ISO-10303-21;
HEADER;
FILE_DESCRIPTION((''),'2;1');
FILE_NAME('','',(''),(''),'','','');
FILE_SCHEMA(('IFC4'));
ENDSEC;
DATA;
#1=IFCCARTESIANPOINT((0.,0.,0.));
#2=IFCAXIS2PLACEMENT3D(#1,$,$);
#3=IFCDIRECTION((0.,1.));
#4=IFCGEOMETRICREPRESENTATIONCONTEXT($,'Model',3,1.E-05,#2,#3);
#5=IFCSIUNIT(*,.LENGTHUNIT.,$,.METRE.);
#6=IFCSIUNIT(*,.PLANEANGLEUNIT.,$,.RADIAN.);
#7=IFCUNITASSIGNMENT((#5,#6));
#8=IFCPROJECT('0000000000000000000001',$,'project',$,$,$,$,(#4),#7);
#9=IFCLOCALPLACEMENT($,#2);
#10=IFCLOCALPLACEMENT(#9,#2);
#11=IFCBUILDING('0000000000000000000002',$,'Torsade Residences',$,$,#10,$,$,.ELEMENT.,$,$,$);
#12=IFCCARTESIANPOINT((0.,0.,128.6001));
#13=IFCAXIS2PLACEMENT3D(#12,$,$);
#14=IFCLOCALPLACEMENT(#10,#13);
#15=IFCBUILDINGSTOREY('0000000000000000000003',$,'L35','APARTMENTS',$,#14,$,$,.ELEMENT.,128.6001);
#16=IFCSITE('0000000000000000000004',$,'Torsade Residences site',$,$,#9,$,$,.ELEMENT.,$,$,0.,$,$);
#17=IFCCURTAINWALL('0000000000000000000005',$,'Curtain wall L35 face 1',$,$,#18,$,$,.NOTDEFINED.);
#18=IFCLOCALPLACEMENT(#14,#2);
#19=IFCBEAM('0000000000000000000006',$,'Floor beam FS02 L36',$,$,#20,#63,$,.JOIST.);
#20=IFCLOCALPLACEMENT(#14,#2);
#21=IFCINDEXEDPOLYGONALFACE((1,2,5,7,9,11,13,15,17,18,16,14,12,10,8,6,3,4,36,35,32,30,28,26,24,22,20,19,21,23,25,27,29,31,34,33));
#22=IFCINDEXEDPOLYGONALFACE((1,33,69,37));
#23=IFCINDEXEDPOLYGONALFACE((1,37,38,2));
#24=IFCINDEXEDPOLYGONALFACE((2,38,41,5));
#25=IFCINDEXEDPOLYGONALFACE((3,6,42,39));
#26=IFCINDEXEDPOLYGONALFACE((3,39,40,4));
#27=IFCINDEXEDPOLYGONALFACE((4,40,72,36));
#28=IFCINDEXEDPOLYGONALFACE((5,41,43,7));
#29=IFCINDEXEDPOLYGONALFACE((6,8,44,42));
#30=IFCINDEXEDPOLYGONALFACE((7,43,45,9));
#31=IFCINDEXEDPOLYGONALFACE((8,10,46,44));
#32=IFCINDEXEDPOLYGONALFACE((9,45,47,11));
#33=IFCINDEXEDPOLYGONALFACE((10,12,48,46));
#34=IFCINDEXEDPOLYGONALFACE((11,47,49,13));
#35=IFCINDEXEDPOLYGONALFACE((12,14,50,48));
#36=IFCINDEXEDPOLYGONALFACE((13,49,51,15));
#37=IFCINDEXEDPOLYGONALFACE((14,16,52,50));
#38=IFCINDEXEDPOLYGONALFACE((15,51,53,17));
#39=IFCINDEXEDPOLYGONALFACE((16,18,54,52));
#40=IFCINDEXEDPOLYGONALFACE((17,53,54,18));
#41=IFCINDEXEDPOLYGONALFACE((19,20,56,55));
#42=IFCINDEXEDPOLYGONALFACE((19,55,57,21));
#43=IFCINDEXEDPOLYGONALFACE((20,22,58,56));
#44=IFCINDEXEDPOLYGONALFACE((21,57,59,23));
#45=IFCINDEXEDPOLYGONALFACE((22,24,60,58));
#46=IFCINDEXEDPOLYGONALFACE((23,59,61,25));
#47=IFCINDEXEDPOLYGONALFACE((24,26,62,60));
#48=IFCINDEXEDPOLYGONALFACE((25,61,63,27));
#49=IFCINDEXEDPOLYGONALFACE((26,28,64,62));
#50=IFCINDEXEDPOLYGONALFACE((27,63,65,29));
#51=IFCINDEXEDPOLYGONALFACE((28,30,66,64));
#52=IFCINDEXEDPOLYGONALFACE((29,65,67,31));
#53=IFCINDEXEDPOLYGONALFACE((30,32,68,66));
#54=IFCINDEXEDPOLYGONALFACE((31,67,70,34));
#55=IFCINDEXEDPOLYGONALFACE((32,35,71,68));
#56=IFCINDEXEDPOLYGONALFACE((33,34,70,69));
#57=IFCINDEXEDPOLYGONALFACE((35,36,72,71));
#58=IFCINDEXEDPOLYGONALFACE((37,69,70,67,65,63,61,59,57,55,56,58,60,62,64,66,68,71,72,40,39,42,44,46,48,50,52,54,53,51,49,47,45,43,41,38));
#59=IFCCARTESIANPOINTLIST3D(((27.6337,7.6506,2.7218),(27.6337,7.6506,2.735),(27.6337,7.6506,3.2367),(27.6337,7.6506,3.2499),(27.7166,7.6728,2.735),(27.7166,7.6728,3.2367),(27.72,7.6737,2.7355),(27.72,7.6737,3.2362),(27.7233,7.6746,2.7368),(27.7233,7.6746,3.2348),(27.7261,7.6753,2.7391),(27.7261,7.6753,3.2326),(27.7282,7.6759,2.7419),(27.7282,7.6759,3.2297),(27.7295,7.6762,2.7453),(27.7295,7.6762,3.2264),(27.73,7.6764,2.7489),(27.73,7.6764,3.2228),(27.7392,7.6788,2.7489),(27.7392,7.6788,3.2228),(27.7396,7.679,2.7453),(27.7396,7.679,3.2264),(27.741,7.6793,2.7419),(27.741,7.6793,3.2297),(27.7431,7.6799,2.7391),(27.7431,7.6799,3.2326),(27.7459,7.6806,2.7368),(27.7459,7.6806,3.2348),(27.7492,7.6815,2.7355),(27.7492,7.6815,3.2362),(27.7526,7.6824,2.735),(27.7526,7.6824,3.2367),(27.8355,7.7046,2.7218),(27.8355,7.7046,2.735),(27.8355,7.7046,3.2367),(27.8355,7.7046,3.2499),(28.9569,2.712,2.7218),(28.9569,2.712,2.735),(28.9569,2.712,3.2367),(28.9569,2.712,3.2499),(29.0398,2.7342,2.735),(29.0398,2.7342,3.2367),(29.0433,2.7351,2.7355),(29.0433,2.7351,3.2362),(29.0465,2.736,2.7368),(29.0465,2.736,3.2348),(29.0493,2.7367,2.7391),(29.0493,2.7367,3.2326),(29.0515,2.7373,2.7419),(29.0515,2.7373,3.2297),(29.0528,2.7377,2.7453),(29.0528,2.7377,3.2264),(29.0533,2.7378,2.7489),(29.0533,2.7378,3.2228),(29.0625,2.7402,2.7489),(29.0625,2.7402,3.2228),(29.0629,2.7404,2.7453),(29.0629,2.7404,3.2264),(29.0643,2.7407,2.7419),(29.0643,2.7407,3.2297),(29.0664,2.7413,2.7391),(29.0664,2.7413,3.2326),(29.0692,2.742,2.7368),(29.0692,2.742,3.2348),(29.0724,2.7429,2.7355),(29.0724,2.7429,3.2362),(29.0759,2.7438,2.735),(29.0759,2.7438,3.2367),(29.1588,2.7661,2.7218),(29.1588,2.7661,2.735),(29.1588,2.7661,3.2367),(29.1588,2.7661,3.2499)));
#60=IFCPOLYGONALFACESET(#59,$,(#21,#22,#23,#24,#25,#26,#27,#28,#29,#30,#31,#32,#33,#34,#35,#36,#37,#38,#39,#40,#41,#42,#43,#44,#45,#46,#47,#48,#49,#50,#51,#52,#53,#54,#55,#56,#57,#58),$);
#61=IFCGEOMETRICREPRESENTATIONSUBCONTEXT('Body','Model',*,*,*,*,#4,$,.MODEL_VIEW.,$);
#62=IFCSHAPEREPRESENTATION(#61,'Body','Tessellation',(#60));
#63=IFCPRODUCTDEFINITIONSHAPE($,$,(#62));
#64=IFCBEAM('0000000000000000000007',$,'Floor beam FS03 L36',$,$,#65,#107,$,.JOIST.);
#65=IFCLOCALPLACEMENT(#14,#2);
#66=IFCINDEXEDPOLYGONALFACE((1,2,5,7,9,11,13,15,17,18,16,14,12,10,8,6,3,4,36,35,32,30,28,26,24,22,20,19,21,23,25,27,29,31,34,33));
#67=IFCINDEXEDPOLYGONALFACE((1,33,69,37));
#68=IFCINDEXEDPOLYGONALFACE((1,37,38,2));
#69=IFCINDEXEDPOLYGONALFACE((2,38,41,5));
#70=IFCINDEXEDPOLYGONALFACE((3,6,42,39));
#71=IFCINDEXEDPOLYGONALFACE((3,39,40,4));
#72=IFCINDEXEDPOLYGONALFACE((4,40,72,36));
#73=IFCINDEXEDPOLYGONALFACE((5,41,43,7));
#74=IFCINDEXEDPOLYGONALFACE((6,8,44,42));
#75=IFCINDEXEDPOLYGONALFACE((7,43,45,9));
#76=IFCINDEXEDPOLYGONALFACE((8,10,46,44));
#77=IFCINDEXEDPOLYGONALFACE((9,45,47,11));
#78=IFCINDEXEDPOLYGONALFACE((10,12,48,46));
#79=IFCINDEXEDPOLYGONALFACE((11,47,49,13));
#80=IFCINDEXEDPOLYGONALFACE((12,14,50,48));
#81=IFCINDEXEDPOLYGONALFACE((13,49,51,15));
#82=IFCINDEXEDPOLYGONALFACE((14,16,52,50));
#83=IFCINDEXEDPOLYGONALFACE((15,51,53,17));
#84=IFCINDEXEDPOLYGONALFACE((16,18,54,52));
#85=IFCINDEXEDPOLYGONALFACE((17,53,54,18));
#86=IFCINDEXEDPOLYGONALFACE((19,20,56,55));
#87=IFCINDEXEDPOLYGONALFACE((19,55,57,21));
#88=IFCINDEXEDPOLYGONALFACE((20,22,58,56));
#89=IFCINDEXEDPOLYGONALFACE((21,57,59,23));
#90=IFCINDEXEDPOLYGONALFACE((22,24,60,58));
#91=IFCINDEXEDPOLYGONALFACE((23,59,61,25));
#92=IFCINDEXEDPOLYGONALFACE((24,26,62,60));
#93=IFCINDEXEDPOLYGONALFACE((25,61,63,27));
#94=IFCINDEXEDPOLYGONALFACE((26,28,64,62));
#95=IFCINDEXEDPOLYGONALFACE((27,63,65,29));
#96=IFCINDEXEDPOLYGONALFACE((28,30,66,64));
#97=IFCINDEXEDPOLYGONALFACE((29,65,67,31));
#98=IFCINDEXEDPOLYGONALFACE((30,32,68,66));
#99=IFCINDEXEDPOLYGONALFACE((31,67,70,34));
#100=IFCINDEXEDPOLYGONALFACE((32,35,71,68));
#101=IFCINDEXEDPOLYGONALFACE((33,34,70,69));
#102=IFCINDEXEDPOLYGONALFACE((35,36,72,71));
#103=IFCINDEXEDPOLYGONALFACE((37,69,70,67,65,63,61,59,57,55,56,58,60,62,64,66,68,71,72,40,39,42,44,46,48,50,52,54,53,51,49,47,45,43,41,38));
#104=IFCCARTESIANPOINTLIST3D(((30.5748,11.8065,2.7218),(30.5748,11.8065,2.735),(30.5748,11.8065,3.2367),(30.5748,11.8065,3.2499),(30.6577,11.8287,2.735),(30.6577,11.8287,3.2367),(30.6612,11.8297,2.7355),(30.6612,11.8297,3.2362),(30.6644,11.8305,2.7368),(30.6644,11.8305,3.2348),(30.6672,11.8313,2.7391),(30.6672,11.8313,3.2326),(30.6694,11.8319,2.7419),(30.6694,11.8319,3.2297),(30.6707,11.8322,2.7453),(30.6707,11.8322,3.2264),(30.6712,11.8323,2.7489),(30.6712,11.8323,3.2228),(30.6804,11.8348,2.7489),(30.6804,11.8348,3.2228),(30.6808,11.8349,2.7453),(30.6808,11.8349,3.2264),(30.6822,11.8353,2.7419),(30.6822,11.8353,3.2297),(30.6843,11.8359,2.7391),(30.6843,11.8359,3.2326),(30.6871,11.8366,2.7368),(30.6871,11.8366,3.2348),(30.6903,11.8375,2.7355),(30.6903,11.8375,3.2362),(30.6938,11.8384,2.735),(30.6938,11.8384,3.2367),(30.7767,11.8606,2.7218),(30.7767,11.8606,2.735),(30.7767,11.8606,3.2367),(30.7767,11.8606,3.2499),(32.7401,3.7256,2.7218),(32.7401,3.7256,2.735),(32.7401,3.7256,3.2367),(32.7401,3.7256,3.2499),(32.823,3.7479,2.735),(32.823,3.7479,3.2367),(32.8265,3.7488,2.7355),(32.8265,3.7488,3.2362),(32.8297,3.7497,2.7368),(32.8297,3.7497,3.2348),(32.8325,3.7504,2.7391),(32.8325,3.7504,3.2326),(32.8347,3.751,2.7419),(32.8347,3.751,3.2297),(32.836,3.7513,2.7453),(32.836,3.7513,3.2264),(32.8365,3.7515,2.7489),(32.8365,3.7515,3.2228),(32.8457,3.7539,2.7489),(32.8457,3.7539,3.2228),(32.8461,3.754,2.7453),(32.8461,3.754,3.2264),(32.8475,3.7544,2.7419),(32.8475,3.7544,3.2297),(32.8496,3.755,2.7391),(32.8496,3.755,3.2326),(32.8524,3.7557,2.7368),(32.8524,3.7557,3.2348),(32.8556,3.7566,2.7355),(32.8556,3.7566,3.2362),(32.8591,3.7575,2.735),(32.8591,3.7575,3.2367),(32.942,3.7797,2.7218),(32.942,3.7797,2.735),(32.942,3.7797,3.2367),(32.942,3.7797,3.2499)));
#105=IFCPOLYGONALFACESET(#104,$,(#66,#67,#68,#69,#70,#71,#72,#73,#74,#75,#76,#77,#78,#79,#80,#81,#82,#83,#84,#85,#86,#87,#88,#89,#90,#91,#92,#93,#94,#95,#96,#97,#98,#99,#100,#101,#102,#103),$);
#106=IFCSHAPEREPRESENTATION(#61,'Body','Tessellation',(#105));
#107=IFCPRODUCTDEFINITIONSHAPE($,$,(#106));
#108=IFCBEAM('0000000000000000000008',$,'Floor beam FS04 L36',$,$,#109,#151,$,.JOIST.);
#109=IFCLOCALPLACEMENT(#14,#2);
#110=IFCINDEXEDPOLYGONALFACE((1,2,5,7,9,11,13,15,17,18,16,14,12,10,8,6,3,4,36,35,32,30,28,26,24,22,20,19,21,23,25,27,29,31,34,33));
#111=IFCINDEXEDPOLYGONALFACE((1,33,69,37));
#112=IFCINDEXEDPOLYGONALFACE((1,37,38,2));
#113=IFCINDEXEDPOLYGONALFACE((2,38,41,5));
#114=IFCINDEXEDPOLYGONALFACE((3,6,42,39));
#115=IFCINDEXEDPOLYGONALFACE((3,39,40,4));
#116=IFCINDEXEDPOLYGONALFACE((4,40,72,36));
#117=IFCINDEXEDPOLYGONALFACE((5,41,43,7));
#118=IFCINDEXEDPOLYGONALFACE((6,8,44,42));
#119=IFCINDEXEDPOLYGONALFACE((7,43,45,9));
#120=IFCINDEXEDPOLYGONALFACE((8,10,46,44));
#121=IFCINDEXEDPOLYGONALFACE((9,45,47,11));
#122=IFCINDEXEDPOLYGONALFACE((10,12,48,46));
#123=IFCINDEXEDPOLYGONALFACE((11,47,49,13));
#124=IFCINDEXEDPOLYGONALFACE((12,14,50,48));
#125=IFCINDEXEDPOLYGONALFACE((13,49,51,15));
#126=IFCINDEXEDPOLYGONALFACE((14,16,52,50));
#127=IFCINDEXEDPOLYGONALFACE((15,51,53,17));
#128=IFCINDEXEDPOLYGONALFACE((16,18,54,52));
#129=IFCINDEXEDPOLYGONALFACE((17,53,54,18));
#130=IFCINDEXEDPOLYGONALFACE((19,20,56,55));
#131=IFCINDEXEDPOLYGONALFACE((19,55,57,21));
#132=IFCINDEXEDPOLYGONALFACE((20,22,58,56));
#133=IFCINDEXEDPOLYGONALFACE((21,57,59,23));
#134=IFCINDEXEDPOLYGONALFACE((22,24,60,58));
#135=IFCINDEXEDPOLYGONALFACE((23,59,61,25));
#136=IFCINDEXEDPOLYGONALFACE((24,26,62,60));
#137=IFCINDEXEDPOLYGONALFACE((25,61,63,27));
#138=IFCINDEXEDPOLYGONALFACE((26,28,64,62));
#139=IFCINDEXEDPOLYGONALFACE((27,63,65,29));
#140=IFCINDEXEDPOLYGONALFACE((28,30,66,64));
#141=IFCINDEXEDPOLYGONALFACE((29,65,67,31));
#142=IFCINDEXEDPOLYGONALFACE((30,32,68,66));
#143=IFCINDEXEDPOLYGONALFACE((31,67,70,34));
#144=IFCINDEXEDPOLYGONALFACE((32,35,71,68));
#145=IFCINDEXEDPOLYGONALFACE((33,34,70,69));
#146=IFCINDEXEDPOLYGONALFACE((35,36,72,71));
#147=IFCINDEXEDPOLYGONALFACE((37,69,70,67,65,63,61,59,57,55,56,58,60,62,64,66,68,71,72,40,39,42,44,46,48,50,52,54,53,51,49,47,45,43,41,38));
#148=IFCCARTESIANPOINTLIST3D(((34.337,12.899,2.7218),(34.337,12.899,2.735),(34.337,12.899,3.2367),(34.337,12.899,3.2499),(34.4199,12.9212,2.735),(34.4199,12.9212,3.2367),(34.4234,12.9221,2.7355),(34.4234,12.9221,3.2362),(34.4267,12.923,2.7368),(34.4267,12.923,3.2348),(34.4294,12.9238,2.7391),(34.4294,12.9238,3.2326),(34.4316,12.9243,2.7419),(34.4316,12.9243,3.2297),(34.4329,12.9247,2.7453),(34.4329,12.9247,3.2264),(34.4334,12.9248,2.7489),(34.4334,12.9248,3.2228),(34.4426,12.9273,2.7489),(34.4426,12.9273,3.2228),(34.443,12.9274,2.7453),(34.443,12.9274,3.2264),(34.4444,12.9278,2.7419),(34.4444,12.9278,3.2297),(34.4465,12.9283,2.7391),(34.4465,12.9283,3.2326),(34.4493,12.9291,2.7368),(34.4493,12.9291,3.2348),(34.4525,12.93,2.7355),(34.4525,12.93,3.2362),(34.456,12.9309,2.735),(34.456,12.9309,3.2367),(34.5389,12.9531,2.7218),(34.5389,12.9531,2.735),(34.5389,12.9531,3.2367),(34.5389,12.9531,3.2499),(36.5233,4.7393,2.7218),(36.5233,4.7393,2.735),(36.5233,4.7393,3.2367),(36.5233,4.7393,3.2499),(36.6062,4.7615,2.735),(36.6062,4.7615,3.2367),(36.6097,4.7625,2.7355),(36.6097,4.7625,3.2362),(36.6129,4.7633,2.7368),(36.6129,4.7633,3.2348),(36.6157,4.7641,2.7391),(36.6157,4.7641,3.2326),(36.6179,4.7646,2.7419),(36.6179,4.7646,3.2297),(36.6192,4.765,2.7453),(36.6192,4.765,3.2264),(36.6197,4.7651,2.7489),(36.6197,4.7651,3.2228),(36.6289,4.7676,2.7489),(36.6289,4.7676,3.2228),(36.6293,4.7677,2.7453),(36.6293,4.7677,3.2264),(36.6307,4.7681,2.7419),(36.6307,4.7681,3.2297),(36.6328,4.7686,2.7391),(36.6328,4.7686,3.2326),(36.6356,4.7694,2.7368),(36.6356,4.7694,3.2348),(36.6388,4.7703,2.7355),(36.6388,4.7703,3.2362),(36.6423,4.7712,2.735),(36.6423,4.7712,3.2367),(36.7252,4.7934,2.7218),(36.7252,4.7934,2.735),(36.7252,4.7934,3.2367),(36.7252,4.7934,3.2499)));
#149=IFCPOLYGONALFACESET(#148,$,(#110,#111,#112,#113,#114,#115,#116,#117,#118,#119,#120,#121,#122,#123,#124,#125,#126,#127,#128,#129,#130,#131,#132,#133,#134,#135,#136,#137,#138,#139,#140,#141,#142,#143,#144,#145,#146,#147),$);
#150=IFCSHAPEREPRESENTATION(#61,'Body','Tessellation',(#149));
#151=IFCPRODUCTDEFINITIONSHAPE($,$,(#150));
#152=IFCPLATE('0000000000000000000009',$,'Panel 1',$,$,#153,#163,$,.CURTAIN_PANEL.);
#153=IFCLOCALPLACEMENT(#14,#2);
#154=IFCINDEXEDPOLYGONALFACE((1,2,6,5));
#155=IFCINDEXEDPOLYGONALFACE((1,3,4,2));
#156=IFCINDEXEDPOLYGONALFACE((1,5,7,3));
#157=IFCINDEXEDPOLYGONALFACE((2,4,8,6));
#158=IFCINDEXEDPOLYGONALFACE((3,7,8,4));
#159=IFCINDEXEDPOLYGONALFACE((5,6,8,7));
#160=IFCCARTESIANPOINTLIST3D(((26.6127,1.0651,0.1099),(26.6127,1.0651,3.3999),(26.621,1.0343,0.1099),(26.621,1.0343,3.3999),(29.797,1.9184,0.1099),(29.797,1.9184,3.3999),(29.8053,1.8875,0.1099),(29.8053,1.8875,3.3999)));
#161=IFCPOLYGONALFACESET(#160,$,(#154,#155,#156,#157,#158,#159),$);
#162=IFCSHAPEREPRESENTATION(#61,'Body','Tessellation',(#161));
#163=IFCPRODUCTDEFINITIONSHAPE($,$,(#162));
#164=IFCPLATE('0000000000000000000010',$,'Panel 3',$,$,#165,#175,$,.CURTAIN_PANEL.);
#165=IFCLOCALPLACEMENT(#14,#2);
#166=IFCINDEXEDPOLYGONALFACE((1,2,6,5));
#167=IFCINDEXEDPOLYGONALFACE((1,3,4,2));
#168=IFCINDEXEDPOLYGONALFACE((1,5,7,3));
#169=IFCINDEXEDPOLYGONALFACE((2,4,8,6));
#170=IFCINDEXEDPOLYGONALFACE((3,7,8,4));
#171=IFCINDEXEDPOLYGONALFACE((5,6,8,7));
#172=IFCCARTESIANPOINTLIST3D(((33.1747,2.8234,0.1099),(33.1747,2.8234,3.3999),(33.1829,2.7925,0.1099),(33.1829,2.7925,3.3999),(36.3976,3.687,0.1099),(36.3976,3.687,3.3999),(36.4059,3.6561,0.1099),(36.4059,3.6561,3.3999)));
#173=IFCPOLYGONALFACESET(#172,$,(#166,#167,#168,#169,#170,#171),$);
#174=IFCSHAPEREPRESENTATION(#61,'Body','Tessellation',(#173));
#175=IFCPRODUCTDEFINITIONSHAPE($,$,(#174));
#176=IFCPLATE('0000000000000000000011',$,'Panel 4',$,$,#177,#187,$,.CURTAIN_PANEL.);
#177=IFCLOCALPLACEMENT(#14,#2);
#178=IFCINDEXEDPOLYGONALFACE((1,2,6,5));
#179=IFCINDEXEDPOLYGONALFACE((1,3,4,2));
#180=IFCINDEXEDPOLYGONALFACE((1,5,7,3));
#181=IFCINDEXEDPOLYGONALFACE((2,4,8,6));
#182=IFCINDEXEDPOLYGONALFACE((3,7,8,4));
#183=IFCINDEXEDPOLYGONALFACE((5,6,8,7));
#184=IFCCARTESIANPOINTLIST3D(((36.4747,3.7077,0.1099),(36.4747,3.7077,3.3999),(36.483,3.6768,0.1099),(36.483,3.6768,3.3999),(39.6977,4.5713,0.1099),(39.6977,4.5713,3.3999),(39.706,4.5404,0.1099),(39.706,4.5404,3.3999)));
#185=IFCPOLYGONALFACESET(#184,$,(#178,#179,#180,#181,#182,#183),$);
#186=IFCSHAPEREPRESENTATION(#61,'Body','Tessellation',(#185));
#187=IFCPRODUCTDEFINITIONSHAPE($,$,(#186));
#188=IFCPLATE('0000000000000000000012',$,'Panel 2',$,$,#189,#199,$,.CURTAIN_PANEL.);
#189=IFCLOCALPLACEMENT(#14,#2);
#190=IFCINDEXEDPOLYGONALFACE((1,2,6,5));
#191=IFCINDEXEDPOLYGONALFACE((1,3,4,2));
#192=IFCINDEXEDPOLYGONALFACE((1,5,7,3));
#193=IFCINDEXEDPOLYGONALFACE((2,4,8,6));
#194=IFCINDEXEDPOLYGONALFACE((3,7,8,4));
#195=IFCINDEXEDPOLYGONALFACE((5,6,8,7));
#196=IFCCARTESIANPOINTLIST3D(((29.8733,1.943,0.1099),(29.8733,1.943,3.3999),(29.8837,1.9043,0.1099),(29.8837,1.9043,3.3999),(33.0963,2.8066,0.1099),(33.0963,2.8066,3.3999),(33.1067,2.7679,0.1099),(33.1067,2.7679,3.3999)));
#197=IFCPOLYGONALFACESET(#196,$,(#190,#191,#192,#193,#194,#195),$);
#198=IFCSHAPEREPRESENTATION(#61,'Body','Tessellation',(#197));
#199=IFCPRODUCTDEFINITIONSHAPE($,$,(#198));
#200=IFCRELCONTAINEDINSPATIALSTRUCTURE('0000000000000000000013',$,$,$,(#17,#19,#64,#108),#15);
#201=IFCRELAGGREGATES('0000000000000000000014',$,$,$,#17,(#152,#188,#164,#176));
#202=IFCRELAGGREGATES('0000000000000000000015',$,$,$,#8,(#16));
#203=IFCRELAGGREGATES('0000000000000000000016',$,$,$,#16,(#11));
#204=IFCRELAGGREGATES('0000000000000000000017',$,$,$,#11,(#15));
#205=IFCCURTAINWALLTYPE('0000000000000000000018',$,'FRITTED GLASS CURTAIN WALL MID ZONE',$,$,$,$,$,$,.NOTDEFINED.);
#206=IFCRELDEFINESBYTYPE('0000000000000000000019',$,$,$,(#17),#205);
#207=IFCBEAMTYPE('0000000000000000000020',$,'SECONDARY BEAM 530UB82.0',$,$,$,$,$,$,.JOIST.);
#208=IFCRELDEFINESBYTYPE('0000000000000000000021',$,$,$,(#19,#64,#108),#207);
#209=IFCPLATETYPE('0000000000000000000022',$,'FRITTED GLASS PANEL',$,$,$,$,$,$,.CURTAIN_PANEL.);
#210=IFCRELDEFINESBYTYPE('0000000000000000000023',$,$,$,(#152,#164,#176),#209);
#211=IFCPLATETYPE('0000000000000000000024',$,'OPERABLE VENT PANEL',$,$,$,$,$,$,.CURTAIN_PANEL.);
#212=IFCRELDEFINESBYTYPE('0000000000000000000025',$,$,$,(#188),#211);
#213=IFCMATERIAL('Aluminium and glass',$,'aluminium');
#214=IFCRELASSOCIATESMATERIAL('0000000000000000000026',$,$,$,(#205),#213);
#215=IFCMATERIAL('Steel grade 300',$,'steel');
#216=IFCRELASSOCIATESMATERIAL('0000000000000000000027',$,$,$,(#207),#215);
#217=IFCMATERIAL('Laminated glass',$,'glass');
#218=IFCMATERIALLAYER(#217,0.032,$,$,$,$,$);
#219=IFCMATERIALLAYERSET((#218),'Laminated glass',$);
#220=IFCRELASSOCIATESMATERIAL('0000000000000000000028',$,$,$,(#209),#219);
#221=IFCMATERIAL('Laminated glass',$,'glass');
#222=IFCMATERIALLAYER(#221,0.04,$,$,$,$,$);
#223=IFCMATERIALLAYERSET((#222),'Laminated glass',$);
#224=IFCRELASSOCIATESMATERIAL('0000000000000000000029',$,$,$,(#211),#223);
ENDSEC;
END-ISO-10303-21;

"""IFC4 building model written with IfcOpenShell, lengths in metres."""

from ifc_helpers import new_model, si_unit, direction, frame, origin, origin_2d, place, context, subcontext, project, spatial, rectangle, i_section, extrude, material, layer, layer_set, material_profile, profile_set, type_object, element, aggregate, save


model = new_model("IFC4")

# Units and contexts
model_context = context("Model", 3, precision=1e-05, world=origin(), true_north=direction((0.0, 1.0)))
body_context = subcontext(model_context, "Body", "Model", "MODEL_VIEW")
ifc_project = project(units=[si_unit("LENGTHUNIT", "METRE"), si_unit("PLANEANGLEUNIT", "RADIAN")], contexts=[model_context])

# Site, building, storey
site_placement = place(None, origin())
site = spatial("IfcSite", under=ifc_project, at=site_placement, Name="Torsade Residences site", CompositionType="ELEMENT", RefElevation=0.0)
building_placement = place(site_placement, origin())
building = spatial("IfcBuilding", under=site, at=building_placement, Name="Torsade Residences", CompositionType="ELEMENT")
storey_placement = place(building_placement, frame((0.0, 0.0, 128.6001)))
storey = spatial("IfcBuildingStorey", under=building, at=storey_placement, Name="L35", Description="APARTMENTS", CompositionType="ELEMENT", Elevation=128.6001)

# Curtain wall
ifc_material_1 = material(Name="Aluminium and glass", Category="aluminium")
curtain_wall_type = type_object("IfcCurtainWallType", Name="FRITTED GLASS CURTAIN WALL MID ZONE", PredefinedType="NOTDEFINED", material=ifc_material_1)
curtain_wall_placement = place(storey_placement, origin())
curtain_wall = element("IfcCurtainWall", 1, at=curtain_wall_placement, inside=storey, type_object=curtain_wall_type, Name="Curtain wall L35 face 1", PredefinedType="NOTDEFINED")

# Beams
ifc_material_2 = material(Name="Steel grade 300", Category="steel")
ifc_material_profile_1 = material_profile(ifc_material_2, i_section(OverallWidth=0.209, OverallDepth=0.5281, WebThickness=0.0095, FlangeThickness=0.0132, FilletRadius=0.0139, at=origin_2d()), Name="530UB82.0")
ifc_profile_set_1 = profile_set([ifc_material_profile_1], Name="Steel grade 300")
beam_type_1 = type_object("IfcBeamType", Name="SECONDARY BEAM 530UB82.0", PredefinedType="JOIST", material=ifc_profile_set_1)
beam_1_placement = place(storey_placement, frame((29.0579, 2.739, 2.9858), z_axis=(-0.258816, 0.965927, 0.0), x_axis=(-0.965927, -0.258816, 0.0)))
element("IfcBeam", 2, at=beam_1_placement, inside=storey, type_object=beam_type_1, Name="Floor beam FS02 L36", PredefinedType="JOIST", context=body_context, shape_type="SweptSolid", body=[
    extrude(i_section(OverallWidth=0.209, OverallDepth=0.5281, WebThickness=0.0095, FlangeThickness=0.0132, FilletRadius=0.0139, at=origin_2d()), origin(), (0.0, 0.0, 1.0), 5.1128),
])
beam_2_placement = place(storey_placement, frame((32.8411, 3.7527, 2.9858), z_axis=(-0.258823, 0.965925, 0.0), x_axis=(-0.965925, -0.258823, 0.0)))
element("IfcBeam", 3, at=beam_2_placement, inside=storey, type_object=beam_type_1, Name="Floor beam FS03 L36", PredefinedType="JOIST", context=body_context, shape_type="SweptSolid", body=[
    extrude(i_section(OverallWidth=0.209, OverallDepth=0.5281, WebThickness=0.0095, FlangeThickness=0.0132, FilletRadius=0.0139, at=origin_2d()), origin(), (0.0, 0.0, 1.0), 8.366),
])
beam_3_placement = place(storey_placement, frame((36.6243, 4.7664, 2.9858), z_axis=(-0.258808, 0.965929, 0.0), x_axis=(-0.965929, -0.258808, 0.0)))
element("IfcBeam", 4, at=beam_3_placement, inside=storey, type_object=beam_type_1, Name="Floor beam FS04 L36", PredefinedType="JOIST", context=body_context, shape_type="SweptSolid", body=[
    extrude(i_section(OverallWidth=0.209, OverallDepth=0.5281, WebThickness=0.0095, FlangeThickness=0.0132, FilletRadius=0.0139, at=origin_2d()), origin(), (0.0, 0.0, 1.0), 8.4475),
])

# Plates
ifc_material_3 = material(Name="Laminated glass", Category="glass")
ifc_layer_1 = layer(ifc_material_3, 0.032)
ifc_layer_set_1 = layer_set([ifc_layer_1], Name="Laminated glass")
plate_type_1 = type_object("IfcPlateType", Name="FRITTED GLASS PANEL", PredefinedType="CURTAIN_PANEL", material=ifc_layer_set_1)
plate_1_placement = place(storey_placement, frame((28.209, 1.4763, 0.1099), z_axis=(0.0, 0.0, 1.0), x_axis=(0.965926, 0.258819, 0.0)))
plate_1 = element("IfcPlate", 5, at=plate_1_placement, type_object=plate_type_1, Name="Panel 1", PredefinedType="CURTAIN_PANEL", context=body_context, shape_type="SweptSolid", body=[
    extrude(rectangle(XDim=3.2966, YDim=0.032, at=origin_2d()), origin(), (0.0, 0.0, 1.0), 3.29),
])
plate_2_placement = place(storey_placement, frame((34.7903, 3.2397, 0.1099), z_axis=(0.0, 0.0, 1.0), x_axis=(0.965926, 0.258819, 0.0)))
plate_2 = element("IfcPlate", 6, at=plate_2_placement, type_object=plate_type_1, Name="Panel 3", PredefinedType="CURTAIN_PANEL", context=body_context, shape_type="SweptSolid", body=[
    extrude(rectangle(XDim=3.3367, YDim=0.032, at=origin_2d()), origin(), (0.0, 0.0, 1.0), 3.29),
])
plate_3_placement = place(storey_placement, frame((38.0903, 4.124, 0.1099), z_axis=(0.0, 0.0, 1.0), x_axis=(0.965926, 0.258819, 0.0)))
plate_3 = element("IfcPlate", 7, at=plate_3_placement, type_object=plate_type_1, Name="Panel 4", PredefinedType="CURTAIN_PANEL", context=body_context, shape_type="SweptSolid", body=[
    extrude(rectangle(XDim=3.3367, YDim=0.032, at=origin_2d()), origin(), (0.0, 0.0, 1.0), 3.29),
])
ifc_material_4 = material(Name="Laminated glass", Category="glass")
ifc_layer_2 = layer(ifc_material_4, 0.04)
ifc_layer_set_2 = layer_set([ifc_layer_2], Name="Laminated glass")
plate_type_2 = type_object("IfcPlateType", Name="OPERABLE VENT PANEL", PredefinedType="CURTAIN_PANEL", material=ifc_layer_set_2)
plate_4_placement = place(storey_placement, frame((31.49, 2.3555, 0.1099), z_axis=(0.0, 0.0, 1.0), x_axis=(0.965926, 0.258819, 0.0)))
plate_4 = element("IfcPlate", 8, at=plate_4_placement, type_object=plate_type_2, Name="Panel 2", PredefinedType="CURTAIN_PANEL", context=body_context, shape_type="SweptSolid", body=[
    extrude(rectangle(XDim=3.3367, YDim=0.04, at=origin_2d()), origin(), (0.0, 0.0, 1.0), 3.29),
])
aggregate(curtain_wall, [plate_1, plate_4, plate_2, plate_3])

save(model, "model.ifc")
